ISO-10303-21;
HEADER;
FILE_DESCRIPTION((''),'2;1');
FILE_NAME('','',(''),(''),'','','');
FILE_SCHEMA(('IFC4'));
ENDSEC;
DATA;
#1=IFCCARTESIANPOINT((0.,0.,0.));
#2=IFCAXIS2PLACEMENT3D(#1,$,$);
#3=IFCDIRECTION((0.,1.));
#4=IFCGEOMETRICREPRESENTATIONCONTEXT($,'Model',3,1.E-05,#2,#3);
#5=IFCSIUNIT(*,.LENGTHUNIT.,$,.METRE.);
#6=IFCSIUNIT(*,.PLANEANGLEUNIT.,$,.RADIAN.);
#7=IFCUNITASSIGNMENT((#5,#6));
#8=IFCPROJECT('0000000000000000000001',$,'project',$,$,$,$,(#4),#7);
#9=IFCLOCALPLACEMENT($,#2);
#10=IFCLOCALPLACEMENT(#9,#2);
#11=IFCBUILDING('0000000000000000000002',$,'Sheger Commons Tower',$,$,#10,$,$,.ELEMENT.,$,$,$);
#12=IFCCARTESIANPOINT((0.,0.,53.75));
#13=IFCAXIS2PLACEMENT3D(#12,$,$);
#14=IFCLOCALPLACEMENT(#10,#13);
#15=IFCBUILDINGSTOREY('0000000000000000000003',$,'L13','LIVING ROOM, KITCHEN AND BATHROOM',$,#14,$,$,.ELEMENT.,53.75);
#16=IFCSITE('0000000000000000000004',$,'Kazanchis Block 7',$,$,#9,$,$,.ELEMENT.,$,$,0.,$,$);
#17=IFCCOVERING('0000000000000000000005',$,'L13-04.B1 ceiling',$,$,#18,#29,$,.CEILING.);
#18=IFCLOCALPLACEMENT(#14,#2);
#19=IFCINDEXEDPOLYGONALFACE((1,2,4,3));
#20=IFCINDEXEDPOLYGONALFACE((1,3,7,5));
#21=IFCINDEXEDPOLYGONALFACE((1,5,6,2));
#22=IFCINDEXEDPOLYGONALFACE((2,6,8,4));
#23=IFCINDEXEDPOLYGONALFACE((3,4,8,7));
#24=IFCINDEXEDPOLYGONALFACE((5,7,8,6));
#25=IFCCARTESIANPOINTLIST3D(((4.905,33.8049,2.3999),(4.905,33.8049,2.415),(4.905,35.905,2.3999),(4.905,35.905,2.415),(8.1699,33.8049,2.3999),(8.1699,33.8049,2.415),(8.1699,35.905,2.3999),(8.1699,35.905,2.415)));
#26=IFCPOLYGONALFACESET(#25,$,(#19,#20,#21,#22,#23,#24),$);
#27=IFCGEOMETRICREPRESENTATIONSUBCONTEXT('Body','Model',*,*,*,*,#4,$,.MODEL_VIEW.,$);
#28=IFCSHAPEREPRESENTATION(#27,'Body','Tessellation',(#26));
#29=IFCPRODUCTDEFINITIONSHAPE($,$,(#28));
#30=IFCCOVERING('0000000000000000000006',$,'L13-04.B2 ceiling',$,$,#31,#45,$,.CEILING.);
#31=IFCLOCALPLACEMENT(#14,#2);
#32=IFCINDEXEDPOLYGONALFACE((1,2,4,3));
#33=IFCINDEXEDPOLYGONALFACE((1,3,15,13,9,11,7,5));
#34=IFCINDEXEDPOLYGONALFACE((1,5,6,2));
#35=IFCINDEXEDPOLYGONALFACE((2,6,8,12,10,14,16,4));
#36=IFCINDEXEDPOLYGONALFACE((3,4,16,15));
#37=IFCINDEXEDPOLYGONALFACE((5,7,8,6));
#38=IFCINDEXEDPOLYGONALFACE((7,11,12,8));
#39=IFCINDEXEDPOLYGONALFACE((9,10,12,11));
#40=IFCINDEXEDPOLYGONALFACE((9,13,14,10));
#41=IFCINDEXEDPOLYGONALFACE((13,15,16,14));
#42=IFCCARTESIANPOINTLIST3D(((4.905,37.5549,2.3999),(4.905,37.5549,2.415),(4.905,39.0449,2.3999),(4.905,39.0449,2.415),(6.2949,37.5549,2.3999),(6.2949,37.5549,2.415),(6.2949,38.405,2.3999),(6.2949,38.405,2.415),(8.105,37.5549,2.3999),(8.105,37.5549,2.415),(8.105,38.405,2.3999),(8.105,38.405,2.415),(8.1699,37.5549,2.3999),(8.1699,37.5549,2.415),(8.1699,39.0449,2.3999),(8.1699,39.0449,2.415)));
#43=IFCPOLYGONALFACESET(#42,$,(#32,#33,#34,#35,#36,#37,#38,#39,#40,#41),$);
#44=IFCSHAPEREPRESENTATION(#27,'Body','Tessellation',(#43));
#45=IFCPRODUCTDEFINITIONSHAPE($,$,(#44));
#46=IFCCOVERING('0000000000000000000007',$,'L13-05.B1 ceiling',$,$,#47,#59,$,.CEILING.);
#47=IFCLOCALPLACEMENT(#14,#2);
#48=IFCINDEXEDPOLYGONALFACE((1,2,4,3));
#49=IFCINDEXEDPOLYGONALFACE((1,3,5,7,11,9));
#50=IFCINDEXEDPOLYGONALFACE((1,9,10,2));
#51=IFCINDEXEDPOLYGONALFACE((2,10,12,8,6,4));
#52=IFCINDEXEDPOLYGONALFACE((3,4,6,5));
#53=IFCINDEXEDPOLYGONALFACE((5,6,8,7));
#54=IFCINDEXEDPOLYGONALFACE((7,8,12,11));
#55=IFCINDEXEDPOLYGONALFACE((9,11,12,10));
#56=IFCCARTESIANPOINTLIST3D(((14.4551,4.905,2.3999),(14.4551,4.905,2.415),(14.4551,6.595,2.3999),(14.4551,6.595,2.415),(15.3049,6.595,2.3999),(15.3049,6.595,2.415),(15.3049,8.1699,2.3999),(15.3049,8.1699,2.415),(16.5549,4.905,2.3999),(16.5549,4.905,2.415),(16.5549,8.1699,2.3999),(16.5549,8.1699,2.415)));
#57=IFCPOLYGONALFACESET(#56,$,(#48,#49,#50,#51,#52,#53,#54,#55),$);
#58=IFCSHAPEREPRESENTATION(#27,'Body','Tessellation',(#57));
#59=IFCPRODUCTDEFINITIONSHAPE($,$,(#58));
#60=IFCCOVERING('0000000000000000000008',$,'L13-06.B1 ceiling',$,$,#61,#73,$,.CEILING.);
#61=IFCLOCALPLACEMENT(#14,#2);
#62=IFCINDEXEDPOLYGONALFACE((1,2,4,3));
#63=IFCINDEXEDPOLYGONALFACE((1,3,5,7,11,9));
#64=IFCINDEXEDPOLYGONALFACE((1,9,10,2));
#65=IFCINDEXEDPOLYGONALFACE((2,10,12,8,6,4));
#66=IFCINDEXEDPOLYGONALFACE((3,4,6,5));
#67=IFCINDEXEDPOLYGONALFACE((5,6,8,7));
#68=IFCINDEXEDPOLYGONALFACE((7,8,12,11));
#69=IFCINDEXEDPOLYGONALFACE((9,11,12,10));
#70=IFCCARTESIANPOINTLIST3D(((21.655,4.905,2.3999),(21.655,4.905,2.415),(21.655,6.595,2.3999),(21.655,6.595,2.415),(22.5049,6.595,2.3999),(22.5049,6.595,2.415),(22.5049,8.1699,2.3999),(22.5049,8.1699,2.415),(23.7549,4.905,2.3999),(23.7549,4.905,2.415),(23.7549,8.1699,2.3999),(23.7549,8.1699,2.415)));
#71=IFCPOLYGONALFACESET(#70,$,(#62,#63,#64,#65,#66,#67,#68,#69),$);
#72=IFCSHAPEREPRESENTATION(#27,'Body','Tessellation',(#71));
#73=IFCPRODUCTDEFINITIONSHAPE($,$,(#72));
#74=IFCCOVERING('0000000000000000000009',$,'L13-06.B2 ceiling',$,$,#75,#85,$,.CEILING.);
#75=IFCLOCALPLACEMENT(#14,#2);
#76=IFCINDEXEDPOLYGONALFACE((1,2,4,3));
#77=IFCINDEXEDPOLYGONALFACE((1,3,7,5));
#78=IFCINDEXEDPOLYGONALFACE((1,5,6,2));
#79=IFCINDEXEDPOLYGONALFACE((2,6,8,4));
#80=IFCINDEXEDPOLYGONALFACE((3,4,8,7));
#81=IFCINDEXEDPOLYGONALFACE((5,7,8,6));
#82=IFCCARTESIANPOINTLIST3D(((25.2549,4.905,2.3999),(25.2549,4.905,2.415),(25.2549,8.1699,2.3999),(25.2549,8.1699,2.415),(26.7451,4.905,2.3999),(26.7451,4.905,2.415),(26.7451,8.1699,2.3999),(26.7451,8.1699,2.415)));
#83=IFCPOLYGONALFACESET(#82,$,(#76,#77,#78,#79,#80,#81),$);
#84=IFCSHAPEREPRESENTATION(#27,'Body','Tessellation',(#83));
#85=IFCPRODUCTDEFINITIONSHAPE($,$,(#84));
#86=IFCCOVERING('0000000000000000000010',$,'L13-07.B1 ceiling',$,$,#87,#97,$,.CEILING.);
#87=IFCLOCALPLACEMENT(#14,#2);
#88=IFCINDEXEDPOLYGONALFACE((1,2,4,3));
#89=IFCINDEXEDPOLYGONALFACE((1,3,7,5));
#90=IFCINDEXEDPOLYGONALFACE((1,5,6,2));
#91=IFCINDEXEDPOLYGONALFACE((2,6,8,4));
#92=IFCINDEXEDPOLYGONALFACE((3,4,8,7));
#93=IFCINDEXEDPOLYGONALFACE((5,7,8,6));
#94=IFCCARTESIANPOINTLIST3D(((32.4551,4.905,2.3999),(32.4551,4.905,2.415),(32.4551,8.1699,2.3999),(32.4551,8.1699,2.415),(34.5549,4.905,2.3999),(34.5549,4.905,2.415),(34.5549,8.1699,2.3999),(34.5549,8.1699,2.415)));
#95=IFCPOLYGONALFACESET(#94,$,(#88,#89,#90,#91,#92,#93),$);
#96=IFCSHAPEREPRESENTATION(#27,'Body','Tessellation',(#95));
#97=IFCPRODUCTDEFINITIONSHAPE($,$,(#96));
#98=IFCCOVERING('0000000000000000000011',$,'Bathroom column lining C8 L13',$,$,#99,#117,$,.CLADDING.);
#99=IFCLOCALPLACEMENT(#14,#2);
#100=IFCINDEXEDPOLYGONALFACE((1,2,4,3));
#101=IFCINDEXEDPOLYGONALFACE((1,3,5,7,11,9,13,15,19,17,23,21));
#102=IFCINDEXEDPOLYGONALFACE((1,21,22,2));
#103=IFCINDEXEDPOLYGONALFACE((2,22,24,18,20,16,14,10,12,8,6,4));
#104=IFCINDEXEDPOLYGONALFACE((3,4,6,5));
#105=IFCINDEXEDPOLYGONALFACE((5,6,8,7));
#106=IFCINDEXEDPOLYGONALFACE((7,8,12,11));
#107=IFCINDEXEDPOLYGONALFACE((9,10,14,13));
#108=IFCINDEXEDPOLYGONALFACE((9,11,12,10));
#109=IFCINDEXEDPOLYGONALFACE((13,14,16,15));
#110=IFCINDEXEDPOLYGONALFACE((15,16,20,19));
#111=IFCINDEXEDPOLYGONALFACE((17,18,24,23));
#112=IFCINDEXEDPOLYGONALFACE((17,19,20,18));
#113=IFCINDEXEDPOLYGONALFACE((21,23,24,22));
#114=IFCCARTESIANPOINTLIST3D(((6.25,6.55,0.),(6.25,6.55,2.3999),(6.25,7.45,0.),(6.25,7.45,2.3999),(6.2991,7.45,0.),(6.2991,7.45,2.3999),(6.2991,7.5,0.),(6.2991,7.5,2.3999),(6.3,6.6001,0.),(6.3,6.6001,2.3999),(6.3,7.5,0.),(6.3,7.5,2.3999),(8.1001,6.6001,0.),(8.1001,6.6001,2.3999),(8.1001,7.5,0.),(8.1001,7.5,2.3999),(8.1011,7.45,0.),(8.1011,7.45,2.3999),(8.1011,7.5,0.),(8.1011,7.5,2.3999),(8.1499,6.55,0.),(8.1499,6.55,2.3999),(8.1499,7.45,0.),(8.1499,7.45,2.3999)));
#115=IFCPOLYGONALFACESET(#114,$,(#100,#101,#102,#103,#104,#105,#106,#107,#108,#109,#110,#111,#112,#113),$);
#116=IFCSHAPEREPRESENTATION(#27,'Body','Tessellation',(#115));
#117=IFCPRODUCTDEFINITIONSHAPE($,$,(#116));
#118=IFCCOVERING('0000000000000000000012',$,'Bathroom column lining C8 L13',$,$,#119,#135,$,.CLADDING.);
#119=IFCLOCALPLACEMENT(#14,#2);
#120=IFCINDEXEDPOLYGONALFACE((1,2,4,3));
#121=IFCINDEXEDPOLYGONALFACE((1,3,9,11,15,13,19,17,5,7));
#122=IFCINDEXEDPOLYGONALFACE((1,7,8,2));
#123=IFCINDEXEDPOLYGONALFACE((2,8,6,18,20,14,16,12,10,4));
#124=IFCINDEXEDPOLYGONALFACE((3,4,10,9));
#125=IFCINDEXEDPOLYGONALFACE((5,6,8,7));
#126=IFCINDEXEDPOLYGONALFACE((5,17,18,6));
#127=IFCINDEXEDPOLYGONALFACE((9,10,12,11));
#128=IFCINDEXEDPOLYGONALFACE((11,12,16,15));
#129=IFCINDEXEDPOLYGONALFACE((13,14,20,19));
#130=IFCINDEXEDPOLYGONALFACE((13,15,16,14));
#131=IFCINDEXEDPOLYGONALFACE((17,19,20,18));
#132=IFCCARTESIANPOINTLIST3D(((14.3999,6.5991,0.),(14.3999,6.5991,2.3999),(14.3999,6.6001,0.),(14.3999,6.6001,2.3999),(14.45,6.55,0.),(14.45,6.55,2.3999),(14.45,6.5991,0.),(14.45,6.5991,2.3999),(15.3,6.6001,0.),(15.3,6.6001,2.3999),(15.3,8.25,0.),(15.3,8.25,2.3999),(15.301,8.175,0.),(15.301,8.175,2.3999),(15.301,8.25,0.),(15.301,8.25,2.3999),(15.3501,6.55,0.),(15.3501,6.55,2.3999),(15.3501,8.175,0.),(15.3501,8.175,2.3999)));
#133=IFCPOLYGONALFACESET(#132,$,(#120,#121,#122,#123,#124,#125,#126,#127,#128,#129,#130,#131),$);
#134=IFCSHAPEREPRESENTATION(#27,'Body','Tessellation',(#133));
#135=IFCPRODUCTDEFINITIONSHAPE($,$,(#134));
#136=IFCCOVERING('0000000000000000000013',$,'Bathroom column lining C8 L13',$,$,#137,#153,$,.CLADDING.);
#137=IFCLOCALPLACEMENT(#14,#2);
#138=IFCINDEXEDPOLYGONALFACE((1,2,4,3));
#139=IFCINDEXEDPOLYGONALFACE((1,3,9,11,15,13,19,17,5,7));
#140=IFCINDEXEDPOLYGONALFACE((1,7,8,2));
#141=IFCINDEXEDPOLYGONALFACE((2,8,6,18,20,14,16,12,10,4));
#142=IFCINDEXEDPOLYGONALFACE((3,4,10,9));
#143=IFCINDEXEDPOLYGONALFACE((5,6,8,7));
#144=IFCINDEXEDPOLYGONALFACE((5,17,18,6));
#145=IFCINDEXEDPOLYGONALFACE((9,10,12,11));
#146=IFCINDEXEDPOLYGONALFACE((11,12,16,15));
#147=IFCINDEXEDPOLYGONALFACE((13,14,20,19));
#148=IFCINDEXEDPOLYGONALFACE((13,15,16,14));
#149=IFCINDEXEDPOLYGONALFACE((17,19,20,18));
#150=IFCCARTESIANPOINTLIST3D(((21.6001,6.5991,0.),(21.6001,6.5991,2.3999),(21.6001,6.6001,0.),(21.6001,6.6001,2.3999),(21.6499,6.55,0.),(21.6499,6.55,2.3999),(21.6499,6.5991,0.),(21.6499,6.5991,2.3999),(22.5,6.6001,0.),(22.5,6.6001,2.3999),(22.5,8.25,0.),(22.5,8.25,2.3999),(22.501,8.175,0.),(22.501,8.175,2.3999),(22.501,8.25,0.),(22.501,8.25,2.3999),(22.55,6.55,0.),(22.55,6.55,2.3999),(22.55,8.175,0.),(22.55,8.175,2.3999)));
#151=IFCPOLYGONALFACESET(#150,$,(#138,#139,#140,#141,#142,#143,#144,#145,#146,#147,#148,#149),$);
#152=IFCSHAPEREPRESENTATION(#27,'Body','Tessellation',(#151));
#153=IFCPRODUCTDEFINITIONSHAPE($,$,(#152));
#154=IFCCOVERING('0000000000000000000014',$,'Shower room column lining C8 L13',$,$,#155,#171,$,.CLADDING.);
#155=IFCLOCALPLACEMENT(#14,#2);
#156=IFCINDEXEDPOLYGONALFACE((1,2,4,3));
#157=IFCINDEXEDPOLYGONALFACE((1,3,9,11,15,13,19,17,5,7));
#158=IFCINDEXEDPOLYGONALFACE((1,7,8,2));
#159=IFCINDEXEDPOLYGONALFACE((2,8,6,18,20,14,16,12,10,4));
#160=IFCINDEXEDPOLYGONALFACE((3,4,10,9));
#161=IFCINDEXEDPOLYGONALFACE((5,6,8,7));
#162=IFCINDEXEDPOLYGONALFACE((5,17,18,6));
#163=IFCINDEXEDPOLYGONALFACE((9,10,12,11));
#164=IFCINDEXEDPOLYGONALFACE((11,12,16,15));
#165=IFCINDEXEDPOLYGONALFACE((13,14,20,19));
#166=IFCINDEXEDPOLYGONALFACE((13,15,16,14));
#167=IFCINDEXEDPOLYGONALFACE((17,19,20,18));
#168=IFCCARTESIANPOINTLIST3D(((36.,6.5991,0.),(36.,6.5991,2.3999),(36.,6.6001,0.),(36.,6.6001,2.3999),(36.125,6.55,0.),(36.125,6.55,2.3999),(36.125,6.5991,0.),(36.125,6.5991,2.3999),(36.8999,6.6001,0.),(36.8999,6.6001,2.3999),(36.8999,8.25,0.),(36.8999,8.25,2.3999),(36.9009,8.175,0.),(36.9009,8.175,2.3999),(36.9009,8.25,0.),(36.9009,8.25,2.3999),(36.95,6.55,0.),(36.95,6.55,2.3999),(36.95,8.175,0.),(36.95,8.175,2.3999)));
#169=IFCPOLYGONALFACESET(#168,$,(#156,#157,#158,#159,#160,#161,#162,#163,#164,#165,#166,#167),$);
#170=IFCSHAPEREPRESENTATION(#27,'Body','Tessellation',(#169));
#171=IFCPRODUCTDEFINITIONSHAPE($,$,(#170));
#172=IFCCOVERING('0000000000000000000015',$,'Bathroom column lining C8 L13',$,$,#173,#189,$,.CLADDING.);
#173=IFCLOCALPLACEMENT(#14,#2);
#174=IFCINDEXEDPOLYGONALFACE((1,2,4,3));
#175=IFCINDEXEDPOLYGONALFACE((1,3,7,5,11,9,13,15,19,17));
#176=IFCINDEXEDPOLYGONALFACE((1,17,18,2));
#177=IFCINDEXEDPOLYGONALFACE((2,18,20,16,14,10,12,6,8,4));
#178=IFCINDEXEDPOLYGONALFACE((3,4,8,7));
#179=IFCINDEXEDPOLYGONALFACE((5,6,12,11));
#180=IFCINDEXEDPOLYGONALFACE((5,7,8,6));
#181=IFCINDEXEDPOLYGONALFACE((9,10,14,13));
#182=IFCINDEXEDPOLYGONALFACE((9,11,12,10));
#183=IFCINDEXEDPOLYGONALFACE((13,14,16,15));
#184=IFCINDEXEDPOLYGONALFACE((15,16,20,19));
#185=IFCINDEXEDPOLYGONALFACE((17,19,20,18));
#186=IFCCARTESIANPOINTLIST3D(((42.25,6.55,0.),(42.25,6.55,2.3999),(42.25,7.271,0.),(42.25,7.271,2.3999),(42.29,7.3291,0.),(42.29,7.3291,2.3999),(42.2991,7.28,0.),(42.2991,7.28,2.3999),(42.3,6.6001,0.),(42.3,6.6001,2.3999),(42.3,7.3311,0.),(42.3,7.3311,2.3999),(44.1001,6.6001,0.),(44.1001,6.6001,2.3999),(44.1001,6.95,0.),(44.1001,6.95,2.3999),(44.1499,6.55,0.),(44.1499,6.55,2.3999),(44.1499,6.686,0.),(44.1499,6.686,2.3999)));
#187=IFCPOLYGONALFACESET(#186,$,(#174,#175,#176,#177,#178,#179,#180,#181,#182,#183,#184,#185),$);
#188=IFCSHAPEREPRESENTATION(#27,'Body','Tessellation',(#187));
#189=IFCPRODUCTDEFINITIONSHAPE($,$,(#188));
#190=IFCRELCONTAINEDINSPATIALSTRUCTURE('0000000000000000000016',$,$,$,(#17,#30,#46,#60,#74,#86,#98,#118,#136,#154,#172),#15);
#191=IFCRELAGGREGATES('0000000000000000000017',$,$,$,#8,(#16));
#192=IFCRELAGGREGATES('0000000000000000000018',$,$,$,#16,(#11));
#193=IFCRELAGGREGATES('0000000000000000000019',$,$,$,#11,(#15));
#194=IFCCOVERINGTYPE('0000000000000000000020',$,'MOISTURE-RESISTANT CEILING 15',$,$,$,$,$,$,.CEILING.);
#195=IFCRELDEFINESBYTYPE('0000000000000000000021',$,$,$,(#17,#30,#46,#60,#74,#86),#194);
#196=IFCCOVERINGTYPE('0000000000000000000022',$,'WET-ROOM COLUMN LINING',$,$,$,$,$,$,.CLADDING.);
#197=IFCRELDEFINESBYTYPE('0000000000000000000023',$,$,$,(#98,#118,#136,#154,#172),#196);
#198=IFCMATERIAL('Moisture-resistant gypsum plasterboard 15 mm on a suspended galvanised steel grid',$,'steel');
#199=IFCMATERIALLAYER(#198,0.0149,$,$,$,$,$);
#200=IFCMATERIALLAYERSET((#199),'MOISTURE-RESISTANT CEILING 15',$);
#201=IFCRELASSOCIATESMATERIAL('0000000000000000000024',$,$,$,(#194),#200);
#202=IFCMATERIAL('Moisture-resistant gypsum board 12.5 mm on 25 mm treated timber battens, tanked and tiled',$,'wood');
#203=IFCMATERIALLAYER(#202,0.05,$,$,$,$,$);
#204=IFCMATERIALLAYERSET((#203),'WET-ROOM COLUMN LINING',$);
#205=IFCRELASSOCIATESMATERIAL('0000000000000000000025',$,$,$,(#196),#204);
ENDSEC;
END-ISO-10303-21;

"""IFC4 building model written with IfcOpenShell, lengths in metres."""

from ifc_helpers import new_model, si_unit, direction, frame, origin, place, context, subcontext, project, spatial, polyline, outline, extrude, material, layer, layer_set, type_object, element, save


model = new_model("IFC4")

# Units and contexts
model_context = context("Model", 3, precision=1e-05, world=origin(), true_north=direction((0.0, 1.0)))
body_context = subcontext(model_context, "Body", "Model", "MODEL_VIEW")
ifc_project = project(units=[si_unit("LENGTHUNIT", "METRE"), si_unit("PLANEANGLEUNIT", "RADIAN")], contexts=[model_context])

# Site, building, storey
site_placement = place(None, origin())
site = spatial("IfcSite", under=ifc_project, at=site_placement, Name="Kazanchis Block 7", CompositionType="ELEMENT", RefElevation=0.0)
building_placement = place(site_placement, origin())
building = spatial("IfcBuilding", under=site, at=building_placement, Name="Sheger Commons Tower", CompositionType="ELEMENT")
storey_placement = place(building_placement, frame((0.0, 0.0, 53.75)))
storey = spatial("IfcBuildingStorey", under=building, at=storey_placement, Name="L13", Description="LIVING ROOM, KITCHEN AND BATHROOM", CompositionType="ELEMENT", Elevation=53.75)

# Coverings
ifc_material_1 = material(Name="Moisture-resistant gypsum plasterboard 15 mm on a suspended galvanised steel grid", Category="steel")
ifc_layer_1 = layer(ifc_material_1, 0.0149)
ifc_layer_set_1 = layer_set([ifc_layer_1], Name="MOISTURE-RESISTANT CEILING 15")
covering_type_1 = type_object("IfcCoveringType", Name="MOISTURE-RESISTANT CEILING 15", PredefinedType="CEILING", material=ifc_layer_set_1)
covering_1_placement = place(storey_placement, frame((0.0, 0.0, 2.3999)))
element("IfcCovering", 1, at=covering_1_placement, inside=storey, type_object=covering_type_1, Name="L13-04.B1 ceiling", PredefinedType="CEILING", context=body_context, shape_type="SweptSolid", body=[
    extrude(outline(polyline([(4.905, 33.8049), (8.1699, 33.8049), (8.1699, 35.905), (4.905, 35.905), (4.905, 33.8049)])), origin(), (0.0, 0.0, 1.0), 0.0151),
])
covering_2_placement = place(storey_placement, frame((0.0, 0.0, 2.3999)))
element("IfcCovering", 2, at=covering_2_placement, inside=storey, type_object=covering_type_1, Name="L13-04.B2 ceiling", PredefinedType="CEILING", context=body_context, shape_type="SweptSolid", body=[
    extrude(outline(polyline([(4.905, 37.5549), (6.2949, 37.5549), (6.2949, 38.405), (8.105, 38.405), (8.105, 37.5549), (8.1699, 37.5549), (8.1699, 39.0449), (4.905, 39.0449), (4.905, 37.5549)])), origin(), (0.0, 0.0, 1.0), 0.0151),
])
covering_3_placement = place(storey_placement, frame((0.0, 0.0, 2.3999)))
element("IfcCovering", 3, at=covering_3_placement, inside=storey, type_object=covering_type_1, Name="L13-05.B1 ceiling", PredefinedType="CEILING", context=body_context, shape_type="SweptSolid", body=[
    extrude(outline(polyline([(14.4551, 4.905), (16.5549, 4.905), (16.5549, 8.1699), (15.3049, 8.1699), (15.3049, 6.595), (14.4551, 6.595), (14.4551, 4.905)])), origin(), (0.0, 0.0, 1.0), 0.0151),
])
covering_4_placement = place(storey_placement, frame((0.0, 0.0, 2.3999)))
element("IfcCovering", 4, at=covering_4_placement, inside=storey, type_object=covering_type_1, Name="L13-06.B1 ceiling", PredefinedType="CEILING", context=body_context, shape_type="SweptSolid", body=[
    extrude(outline(polyline([(21.655, 4.905), (23.7549, 4.905), (23.7549, 8.1699), (22.5049, 8.1699), (22.5049, 6.595), (21.655, 6.595), (21.655, 4.905)])), origin(), (0.0, 0.0, 1.0), 0.0151),
])
covering_5_placement = place(storey_placement, frame((0.0, 0.0, 2.3999)))
element("IfcCovering", 5, at=covering_5_placement, inside=storey, type_object=covering_type_1, Name="L13-06.B2 ceiling", PredefinedType="CEILING", context=body_context, shape_type="SweptSolid", body=[
    extrude(outline(polyline([(25.2549, 4.905), (26.7451, 4.905), (26.7451, 8.1699), (25.2549, 8.1699), (25.2549, 4.905)])), origin(), (0.0, 0.0, 1.0), 0.0151),
])
covering_6_placement = place(storey_placement, frame((0.0, 0.0, 2.3999)))
element("IfcCovering", 6, at=covering_6_placement, inside=storey, type_object=covering_type_1, Name="L13-07.B1 ceiling", PredefinedType="CEILING", context=body_context, shape_type="SweptSolid", body=[
    extrude(outline(polyline([(32.4551, 4.905), (34.5549, 4.905), (34.5549, 8.1699), (32.4551, 8.1699), (32.4551, 4.905)])), origin(), (0.0, 0.0, 1.0), 0.0151),
])
ifc_material_2 = material(Name="Moisture-resistant gypsum board 12.5 mm on 25 mm treated timber battens, tanked and tiled", Category="wood")
ifc_layer_2 = layer(ifc_material_2, 0.05)
ifc_layer_set_2 = layer_set([ifc_layer_2], Name="WET-ROOM COLUMN LINING")
covering_type_2 = type_object("IfcCoveringType", Name="WET-ROOM COLUMN LINING", PredefinedType="CLADDING", material=ifc_layer_set_2)
covering_7_placement = place(storey_placement, origin())
element("IfcCovering", 7, at=covering_7_placement, inside=storey, type_object=covering_type_2, Name="Bathroom column lining C8 L13", PredefinedType="CLADDING", context=body_context, shape_type="SweptSolid", body=[
    extrude(outline(polyline([(6.3, 7.5), (6.3, 6.6001), (8.1001, 6.6001), (8.1001, 7.5), (8.1011, 7.5), (8.1011, 7.45), (8.1499, 7.45), (8.1499, 6.55), (6.25, 6.55), (6.25, 7.45), (6.2991, 7.45), (6.2991, 7.5), (6.3, 7.5)])), origin(), (0.0, 0.0, 1.0), 2.3999),
])
covering_8_placement = place(storey_placement, origin())
element("IfcCovering", 8, at=covering_8_placement, inside=storey, type_object=covering_type_2, Name="Bathroom column lining C8 L13", PredefinedType="CLADDING", context=body_context, shape_type="SweptSolid", body=[
    extrude(outline(polyline([(14.45, 6.55), (14.45, 6.5991), (14.3999, 6.5991), (14.3999, 6.6001), (15.3, 6.6001), (15.3, 8.25), (15.301, 8.25), (15.301, 8.175), (15.3501, 8.175), (15.3501, 6.55), (14.45, 6.55)])), origin(), (0.0, 0.0, 1.0), 2.3999),
])
covering_9_placement = place(storey_placement, origin())
element("IfcCovering", 9, at=covering_9_placement, inside=storey, type_object=covering_type_2, Name="Bathroom column lining C8 L13", PredefinedType="CLADDING", context=body_context, shape_type="SweptSolid", body=[
    extrude(outline(polyline([(21.6499, 6.55), (21.6499, 6.5991), (21.6001, 6.5991), (21.6001, 6.6001), (22.5, 6.6001), (22.5, 8.25), (22.501, 8.25), (22.501, 8.175), (22.55, 8.175), (22.55, 6.55), (21.6499, 6.55)])), origin(), (0.0, 0.0, 1.0), 2.3999),
])
covering_10_placement = place(storey_placement, origin())
element("IfcCovering", 10, at=covering_10_placement, inside=storey, type_object=covering_type_2, Name="Shower room column lining C8 L13", PredefinedType="CLADDING", context=body_context, shape_type="SweptSolid", body=[
    extrude(outline(polyline([(36.125, 6.55), (36.125, 6.5991), (36.0, 6.5991), (36.0, 6.6001), (36.8999, 6.6001), (36.8999, 8.25), (36.9009, 8.25), (36.9009, 8.175), (36.95, 8.175), (36.95, 6.55), (36.125, 6.55)])), origin(), (0.0, 0.0, 1.0), 2.3999),
])
covering_11_placement = place(storey_placement, origin())
element("IfcCovering", 11, at=covering_11_placement, inside=storey, type_object=covering_type_2, Name="Bathroom column lining C8 L13", PredefinedType="CLADDING", context=body_context, shape_type="SweptSolid", body=[
    extrude(outline(polyline([(42.3, 7.3311), (42.3, 6.6001), (44.1001, 6.6001), (44.1001, 6.95), (44.1499, 6.686), (44.1499, 6.55), (42.25, 6.55), (42.25, 7.271), (42.2991, 7.28), (42.29, 7.3291), (42.3, 7.3311)])), origin(), (0.0, 0.0, 1.0), 2.3999),
])

save(model, "model.ifc")
